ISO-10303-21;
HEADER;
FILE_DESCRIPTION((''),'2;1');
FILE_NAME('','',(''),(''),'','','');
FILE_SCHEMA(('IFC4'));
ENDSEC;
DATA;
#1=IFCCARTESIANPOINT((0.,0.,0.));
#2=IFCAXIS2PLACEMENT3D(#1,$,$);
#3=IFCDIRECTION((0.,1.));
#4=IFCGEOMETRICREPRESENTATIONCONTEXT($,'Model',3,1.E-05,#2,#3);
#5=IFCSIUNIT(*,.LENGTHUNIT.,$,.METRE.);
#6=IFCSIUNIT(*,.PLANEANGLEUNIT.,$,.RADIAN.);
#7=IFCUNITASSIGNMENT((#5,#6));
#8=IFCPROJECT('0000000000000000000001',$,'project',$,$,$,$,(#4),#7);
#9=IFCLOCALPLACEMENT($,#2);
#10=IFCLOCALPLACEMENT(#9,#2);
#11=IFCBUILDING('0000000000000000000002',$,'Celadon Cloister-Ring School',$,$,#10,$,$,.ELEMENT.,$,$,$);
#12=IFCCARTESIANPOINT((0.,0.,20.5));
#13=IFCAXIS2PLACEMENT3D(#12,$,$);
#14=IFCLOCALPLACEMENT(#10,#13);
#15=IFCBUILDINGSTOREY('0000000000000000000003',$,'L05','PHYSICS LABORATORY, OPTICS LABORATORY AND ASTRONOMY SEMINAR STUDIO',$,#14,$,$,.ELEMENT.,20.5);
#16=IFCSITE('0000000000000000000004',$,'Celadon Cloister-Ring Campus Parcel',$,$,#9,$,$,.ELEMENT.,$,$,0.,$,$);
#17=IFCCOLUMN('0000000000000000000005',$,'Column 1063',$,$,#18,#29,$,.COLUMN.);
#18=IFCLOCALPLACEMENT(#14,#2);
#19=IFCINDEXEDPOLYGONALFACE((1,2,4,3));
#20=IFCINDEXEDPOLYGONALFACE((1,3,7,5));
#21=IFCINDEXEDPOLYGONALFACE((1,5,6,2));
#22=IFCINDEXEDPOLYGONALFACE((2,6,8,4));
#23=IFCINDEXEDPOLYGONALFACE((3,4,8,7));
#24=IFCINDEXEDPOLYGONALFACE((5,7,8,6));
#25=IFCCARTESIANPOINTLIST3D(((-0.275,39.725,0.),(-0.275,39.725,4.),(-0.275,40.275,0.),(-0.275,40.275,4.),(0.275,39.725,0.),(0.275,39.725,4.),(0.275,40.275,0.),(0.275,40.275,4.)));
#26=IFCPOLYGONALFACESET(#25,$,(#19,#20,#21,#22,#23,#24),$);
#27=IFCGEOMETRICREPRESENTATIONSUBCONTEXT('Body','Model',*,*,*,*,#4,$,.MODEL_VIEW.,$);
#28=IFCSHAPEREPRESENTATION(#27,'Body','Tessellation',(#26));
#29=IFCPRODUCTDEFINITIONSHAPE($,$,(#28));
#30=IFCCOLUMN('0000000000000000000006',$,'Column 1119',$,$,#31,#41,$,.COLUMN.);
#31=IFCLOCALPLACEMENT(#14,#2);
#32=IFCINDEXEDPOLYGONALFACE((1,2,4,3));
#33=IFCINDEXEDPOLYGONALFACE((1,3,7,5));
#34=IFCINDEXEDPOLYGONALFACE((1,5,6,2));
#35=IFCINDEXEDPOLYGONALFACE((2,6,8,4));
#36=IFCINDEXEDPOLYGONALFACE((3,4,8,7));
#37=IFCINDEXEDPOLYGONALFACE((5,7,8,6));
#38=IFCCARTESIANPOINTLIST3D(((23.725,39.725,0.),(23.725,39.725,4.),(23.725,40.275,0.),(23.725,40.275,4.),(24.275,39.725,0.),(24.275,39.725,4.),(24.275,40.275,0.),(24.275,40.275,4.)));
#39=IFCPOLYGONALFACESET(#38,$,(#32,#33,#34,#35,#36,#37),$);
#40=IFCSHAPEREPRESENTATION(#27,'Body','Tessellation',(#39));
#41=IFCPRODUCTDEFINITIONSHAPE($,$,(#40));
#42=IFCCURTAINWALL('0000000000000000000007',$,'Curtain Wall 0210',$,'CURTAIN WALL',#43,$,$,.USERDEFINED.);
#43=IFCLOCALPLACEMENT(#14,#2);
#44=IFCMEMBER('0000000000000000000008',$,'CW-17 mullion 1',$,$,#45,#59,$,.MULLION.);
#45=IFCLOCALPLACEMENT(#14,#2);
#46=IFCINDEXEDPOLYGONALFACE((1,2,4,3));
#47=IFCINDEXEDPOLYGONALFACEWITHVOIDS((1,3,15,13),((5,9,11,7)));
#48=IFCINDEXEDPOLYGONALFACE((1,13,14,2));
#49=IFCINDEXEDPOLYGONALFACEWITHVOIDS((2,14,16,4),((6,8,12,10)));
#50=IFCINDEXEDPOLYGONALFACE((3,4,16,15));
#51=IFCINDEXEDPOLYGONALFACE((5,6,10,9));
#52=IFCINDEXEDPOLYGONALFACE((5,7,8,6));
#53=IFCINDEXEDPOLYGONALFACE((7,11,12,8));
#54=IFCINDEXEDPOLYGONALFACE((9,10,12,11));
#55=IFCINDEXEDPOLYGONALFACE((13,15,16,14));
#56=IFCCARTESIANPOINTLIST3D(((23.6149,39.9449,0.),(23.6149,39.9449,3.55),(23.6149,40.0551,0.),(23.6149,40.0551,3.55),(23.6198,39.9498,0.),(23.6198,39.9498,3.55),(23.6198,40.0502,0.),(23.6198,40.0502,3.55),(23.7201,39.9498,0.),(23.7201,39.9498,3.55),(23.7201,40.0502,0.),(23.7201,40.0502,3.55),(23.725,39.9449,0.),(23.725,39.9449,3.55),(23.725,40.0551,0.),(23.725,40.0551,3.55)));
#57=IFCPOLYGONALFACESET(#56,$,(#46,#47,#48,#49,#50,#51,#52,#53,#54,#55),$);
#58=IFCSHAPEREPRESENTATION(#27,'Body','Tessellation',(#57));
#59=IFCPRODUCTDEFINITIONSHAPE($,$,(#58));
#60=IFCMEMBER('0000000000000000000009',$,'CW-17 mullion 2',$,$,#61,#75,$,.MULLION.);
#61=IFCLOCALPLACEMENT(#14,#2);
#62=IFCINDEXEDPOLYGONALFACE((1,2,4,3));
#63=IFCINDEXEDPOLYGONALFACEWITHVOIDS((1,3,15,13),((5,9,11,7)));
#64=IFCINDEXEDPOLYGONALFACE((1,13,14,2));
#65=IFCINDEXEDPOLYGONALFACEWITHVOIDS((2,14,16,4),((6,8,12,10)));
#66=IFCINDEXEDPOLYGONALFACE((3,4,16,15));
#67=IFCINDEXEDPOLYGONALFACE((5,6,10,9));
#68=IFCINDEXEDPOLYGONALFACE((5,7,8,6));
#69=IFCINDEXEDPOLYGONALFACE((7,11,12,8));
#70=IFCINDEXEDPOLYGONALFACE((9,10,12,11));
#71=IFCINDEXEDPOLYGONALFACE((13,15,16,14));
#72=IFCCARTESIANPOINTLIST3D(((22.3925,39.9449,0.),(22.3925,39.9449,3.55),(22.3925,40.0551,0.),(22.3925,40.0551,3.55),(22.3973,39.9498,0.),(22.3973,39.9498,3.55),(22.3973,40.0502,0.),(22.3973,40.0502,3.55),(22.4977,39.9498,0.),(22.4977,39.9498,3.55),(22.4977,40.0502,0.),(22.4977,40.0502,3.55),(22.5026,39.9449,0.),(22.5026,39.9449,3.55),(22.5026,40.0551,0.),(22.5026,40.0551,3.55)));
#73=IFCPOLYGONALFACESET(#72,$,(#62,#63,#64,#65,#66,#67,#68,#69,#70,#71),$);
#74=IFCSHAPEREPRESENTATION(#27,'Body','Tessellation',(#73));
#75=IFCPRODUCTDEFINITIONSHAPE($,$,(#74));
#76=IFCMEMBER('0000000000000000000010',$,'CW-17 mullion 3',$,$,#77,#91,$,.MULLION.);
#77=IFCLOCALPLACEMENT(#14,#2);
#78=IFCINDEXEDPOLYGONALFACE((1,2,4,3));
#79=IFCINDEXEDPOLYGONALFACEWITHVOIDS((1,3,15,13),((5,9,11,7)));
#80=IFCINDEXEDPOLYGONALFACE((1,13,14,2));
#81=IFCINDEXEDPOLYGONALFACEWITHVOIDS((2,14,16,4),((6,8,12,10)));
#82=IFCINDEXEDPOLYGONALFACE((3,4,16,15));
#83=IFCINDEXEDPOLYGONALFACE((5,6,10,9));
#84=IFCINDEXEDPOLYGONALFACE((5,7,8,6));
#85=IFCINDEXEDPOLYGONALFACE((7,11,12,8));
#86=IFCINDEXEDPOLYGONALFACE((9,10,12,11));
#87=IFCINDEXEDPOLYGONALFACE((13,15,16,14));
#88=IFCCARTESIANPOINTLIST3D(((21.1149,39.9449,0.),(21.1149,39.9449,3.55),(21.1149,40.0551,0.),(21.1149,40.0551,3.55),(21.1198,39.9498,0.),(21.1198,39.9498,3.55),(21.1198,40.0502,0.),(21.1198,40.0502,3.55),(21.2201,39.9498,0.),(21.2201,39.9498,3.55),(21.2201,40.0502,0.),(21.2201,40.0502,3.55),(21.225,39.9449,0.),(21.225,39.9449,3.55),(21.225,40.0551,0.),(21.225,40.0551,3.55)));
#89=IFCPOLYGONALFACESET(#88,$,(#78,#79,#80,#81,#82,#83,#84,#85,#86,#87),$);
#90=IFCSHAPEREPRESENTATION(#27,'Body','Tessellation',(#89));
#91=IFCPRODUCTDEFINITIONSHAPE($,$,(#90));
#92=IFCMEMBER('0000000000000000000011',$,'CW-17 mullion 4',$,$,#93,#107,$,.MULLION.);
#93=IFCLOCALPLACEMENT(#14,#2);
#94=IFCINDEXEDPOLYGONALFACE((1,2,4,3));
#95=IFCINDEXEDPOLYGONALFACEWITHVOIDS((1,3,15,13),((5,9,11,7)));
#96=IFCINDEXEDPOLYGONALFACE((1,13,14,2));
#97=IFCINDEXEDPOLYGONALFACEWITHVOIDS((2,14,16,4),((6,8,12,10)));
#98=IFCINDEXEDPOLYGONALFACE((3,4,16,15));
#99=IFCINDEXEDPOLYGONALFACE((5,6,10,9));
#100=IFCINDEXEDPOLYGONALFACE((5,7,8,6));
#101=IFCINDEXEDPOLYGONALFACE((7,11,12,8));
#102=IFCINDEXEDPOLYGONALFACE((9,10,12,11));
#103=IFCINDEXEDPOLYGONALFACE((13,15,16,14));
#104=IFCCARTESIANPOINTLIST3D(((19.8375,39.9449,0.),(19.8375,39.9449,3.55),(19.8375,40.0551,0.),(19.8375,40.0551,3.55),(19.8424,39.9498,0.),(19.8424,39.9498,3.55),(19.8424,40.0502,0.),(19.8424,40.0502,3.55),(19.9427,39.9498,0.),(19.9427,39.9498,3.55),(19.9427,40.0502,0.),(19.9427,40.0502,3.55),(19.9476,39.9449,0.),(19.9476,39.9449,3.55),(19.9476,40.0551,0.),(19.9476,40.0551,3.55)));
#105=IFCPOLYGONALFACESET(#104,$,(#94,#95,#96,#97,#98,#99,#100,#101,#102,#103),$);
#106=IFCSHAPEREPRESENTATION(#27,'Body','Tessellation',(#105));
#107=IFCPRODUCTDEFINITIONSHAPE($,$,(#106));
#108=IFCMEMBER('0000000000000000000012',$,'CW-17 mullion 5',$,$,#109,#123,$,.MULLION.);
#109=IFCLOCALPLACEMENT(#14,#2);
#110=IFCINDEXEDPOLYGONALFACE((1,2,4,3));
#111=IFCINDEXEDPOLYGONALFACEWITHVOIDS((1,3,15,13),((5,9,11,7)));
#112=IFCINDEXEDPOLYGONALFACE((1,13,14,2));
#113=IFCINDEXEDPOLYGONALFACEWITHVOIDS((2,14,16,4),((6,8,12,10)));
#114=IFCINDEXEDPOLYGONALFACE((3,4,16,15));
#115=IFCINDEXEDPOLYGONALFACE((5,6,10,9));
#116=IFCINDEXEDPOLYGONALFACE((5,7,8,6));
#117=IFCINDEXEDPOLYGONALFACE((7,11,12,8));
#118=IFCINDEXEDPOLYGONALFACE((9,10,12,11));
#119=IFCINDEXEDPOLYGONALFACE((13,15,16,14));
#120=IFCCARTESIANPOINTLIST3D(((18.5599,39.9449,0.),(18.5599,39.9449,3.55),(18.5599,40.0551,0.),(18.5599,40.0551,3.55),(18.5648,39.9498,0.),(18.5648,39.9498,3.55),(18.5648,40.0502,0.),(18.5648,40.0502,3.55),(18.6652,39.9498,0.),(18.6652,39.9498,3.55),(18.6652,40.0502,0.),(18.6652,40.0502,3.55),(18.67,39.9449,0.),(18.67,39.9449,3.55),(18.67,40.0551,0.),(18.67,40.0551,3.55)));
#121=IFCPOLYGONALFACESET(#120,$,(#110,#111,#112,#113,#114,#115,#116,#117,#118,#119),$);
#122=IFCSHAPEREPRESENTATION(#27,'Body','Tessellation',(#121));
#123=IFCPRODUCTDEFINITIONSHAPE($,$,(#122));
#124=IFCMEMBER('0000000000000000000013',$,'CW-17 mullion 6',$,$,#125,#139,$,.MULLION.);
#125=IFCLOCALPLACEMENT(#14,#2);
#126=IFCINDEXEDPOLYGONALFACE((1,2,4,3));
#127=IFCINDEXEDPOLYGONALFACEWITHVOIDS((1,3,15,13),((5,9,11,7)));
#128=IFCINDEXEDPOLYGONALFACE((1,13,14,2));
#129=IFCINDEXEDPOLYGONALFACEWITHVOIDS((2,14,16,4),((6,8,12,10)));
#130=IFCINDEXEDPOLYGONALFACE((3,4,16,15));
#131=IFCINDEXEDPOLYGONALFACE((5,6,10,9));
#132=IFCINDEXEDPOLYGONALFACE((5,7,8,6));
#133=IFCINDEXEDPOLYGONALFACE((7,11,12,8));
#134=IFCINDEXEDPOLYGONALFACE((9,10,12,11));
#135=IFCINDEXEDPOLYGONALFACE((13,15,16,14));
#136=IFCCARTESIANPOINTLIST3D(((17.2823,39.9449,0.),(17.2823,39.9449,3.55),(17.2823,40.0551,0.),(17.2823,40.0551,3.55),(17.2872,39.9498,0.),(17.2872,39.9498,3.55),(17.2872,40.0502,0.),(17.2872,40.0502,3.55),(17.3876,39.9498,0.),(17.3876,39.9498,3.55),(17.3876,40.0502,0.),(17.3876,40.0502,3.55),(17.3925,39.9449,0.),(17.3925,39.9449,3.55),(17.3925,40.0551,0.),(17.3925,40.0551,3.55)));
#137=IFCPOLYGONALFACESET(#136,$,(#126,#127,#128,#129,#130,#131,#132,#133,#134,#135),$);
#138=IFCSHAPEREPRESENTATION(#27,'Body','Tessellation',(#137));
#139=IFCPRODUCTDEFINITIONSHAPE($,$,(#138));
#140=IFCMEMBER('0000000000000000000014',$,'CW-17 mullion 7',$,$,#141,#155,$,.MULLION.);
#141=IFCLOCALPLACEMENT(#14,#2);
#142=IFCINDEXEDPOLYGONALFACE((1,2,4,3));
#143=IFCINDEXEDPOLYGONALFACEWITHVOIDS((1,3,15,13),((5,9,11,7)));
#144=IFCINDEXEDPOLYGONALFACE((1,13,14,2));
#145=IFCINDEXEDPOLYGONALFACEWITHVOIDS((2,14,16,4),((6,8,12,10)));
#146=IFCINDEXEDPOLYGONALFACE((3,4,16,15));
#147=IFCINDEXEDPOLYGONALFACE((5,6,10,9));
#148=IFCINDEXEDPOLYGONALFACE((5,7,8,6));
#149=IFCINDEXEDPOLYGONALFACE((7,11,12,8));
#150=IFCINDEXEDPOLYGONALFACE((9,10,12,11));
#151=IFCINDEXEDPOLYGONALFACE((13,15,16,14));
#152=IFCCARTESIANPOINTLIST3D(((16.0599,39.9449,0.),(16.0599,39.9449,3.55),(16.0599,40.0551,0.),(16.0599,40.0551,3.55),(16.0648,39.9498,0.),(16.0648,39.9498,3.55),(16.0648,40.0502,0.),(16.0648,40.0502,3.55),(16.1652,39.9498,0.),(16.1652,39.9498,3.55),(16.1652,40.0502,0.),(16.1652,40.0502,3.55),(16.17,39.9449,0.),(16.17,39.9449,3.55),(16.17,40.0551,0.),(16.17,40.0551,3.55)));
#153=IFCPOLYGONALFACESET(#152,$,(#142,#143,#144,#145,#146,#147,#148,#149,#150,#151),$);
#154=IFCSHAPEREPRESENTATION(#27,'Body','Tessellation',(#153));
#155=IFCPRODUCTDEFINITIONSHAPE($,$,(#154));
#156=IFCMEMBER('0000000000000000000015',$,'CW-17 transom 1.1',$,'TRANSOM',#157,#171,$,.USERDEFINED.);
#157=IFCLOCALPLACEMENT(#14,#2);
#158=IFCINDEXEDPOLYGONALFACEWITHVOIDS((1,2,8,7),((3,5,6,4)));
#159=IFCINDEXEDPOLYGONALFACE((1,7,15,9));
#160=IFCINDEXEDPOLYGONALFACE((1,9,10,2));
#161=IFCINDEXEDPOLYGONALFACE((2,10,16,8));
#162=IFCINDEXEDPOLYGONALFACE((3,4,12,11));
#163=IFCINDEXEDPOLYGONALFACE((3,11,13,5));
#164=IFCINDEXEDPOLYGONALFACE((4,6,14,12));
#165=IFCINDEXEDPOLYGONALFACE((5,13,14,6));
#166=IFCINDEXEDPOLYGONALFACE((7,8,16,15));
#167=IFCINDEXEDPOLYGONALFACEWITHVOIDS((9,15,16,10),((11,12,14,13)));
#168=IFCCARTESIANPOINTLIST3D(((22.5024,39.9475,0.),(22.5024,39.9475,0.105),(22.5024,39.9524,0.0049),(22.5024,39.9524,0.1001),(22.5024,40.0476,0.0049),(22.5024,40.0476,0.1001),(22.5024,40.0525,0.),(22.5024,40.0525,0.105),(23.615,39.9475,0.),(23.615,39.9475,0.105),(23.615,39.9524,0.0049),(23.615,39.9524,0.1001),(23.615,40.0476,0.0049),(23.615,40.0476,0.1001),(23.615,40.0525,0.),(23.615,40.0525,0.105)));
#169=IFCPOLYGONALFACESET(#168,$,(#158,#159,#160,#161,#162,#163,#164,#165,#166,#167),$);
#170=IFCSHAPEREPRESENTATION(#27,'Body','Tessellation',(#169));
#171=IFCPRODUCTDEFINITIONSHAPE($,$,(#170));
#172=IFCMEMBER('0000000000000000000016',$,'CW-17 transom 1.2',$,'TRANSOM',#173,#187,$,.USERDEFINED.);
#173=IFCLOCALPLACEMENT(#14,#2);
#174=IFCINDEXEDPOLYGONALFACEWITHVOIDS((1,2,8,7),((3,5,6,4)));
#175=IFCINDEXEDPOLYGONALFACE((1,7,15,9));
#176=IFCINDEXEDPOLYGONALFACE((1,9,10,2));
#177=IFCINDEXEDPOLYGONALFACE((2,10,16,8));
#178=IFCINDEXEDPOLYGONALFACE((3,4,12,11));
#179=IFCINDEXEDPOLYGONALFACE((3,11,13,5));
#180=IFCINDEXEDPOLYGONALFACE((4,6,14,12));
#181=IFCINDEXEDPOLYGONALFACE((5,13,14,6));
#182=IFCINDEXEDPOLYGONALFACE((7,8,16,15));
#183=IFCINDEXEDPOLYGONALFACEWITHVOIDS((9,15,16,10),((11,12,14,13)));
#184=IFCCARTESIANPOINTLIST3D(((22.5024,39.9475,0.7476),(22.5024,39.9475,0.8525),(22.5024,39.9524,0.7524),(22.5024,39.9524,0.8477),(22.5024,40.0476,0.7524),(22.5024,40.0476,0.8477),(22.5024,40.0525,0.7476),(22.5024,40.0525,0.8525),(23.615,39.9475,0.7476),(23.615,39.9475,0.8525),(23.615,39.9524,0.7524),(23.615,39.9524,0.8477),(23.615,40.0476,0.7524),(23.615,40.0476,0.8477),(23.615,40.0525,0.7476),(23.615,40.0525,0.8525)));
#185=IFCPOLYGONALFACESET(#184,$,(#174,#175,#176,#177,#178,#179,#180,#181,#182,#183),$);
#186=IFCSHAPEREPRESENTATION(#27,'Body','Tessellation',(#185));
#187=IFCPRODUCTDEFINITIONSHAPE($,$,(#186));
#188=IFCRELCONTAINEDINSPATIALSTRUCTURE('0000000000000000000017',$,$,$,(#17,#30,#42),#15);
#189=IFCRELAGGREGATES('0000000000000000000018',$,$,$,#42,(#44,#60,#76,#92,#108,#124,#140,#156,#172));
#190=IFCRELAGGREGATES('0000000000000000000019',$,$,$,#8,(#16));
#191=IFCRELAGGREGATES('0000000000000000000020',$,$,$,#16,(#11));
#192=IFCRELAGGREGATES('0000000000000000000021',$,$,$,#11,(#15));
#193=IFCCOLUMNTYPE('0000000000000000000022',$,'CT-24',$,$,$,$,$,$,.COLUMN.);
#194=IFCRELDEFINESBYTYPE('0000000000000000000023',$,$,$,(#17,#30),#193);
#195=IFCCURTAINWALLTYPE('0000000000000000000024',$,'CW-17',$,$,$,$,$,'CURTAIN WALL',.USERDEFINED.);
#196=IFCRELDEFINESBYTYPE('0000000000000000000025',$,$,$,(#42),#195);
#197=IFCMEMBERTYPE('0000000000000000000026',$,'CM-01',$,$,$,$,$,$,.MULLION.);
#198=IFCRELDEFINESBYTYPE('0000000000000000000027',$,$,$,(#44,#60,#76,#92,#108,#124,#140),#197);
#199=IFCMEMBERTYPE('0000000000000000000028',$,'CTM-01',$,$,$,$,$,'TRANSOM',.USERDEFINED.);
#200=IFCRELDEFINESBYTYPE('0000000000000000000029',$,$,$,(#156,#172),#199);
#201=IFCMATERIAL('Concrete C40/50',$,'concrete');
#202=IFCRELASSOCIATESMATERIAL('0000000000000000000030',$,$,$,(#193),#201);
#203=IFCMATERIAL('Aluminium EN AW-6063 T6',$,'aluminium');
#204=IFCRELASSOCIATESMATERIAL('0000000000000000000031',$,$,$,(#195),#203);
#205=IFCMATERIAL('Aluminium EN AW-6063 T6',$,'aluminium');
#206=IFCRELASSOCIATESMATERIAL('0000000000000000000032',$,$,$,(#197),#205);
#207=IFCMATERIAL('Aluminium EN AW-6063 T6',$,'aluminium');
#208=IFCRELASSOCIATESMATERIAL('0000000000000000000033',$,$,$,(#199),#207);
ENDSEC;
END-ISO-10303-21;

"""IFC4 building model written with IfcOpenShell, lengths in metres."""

from ifc_helpers import new_model, si_unit, direction, frame, origin, origin_2d, place, context, subcontext, project, spatial, rectangle, hollow_rectangle, extrude, material, material_profile, profile_set, type_object, element, aggregate, save


model = new_model("IFC4")

# Units and contexts
model_context = context("Model", 3, precision=1e-05, world=origin(), true_north=direction((0.0, 1.0)))
body_context = subcontext(model_context, "Body", "Model", "MODEL_VIEW")
ifc_project = project(units=[si_unit("LENGTHUNIT", "METRE"), si_unit("PLANEANGLEUNIT", "RADIAN")], contexts=[model_context])

# Site, building, storey
site_placement = place(None, origin())
site = spatial("IfcSite", under=ifc_project, at=site_placement, Name="Celadon Cloister-Ring Campus Parcel", CompositionType="ELEMENT", RefElevation=0.0)
building_placement = place(site_placement, origin())
building = spatial("IfcBuilding", under=site, at=building_placement, Name="Celadon Cloister-Ring School", CompositionType="ELEMENT")
storey_placement = place(building_placement, frame((0.0, 0.0, 20.5)))
storey = spatial("IfcBuildingStorey", under=building, at=storey_placement, Name="L05", Description="PHYSICS LABORATORY, OPTICS LABORATORY AND ASTRONOMY SEMINAR STUDIO", CompositionType="ELEMENT", Elevation=20.5)

# Columns
ifc_material_1 = material(Name="Concrete C40/50", Category="concrete")
ifc_material_profile_1 = material_profile(ifc_material_1, rectangle(XDim=0.55, YDim=0.55, at=origin_2d()), Name="RC550X550")
ifc_profile_set_1 = profile_set([ifc_material_profile_1], Name="Concrete C40/50")
column_type = type_object("IfcColumnType", Name="CT-24", PredefinedType="COLUMN", material=ifc_profile_set_1)
for number, where, z_axis, x_axis, name in (
    (1, (0.0, 40.0, 0.0), (0.0, 0.0, 1.0), (1.0, 0.0, 0.0), "Column 1063"),
    (2, (24.0, 40.0, 0.0), (0.0, 0.0, 1.0), (1.0, 0.0, 0.0), "Column 1119"),
):
    element("IfcColumn", number, at=place(storey_placement, frame(where, z_axis=z_axis, x_axis=x_axis)), inside=storey, type_object=column_type, Name=name, PredefinedType="COLUMN", context=body_context, shape_type="SweptSolid", body=[
        extrude(rectangle(XDim=0.55, YDim=0.55, at=origin_2d()), origin(), (0.0, 0.0, 1.0), 4.0),
    ])

# Curtain wall, members
ifc_material_2 = material(Name="Aluminium EN AW-6063 T6", Category="aluminium")
curtain_wall_type = type_object("IfcCurtainWallType", Name="CW-17", ElementType="CURTAIN WALL", PredefinedType="USERDEFINED", material=ifc_material_2)
curtain_wall_placement = place(storey_placement, origin())
curtain_wall = element("IfcCurtainWall", 3, at=curtain_wall_placement, inside=storey, type_object=curtain_wall_type, Name="Curtain Wall 0210", ObjectType="CURTAIN WALL", PredefinedType="USERDEFINED")
ifc_material_3 = material(Name="Aluminium EN AW-6063 T6", Category="aluminium")
ifc_material_profile_2 = material_profile(ifc_material_3, hollow_rectangle(XDim=0.1101, YDim=0.1101, WallThickness=0.0049, at=origin_2d()), Name="RHS110X110X5")
ifc_profile_set_2 = profile_set([ifc_material_profile_2], Name="Aluminium EN AW-6063 T6")
member_type_1 = type_object("IfcMemberType", Name="CM-01", PredefinedType="MULLION", material=ifc_profile_set_2)
member_1_placement = place(storey_placement, frame((23.6699, 40.0, 0.0), z_axis=(0.0, 0.0, 1.0), x_axis=(0.0, -1.0, 0.0)))
member_1 = element("IfcMember", 4, at=member_1_placement, type_object=member_type_1, Name="CW-17 mullion 1", PredefinedType="MULLION", context=body_context, shape_type="SweptSolid", body=[
    extrude(hollow_rectangle(XDim=0.1101, YDim=0.1101, WallThickness=0.0049, at=origin_2d()), origin(), (0.0, 0.0, 1.0), 3.55),
])
member_2_placement = place(storey_placement, frame((22.4475, 40.0, 0.0), z_axis=(0.0, 0.0, 1.0), x_axis=(0.0, -1.0, 0.0)))
member_2 = element("IfcMember", 5, at=member_2_placement, type_object=member_type_1, Name="CW-17 mullion 2", PredefinedType="MULLION", context=body_context, shape_type="SweptSolid", body=[
    extrude(hollow_rectangle(XDim=0.1101, YDim=0.1101, WallThickness=0.0049, at=origin_2d()), origin(), (0.0, 0.0, 1.0), 3.55),
])
member_3_placement = place(storey_placement, frame((21.1699, 40.0, 0.0), z_axis=(0.0, 0.0, 1.0), x_axis=(0.0, -1.0, 0.0)))
member_3 = element("IfcMember", 6, at=member_3_placement, type_object=member_type_1, Name="CW-17 mullion 3", PredefinedType="MULLION", context=body_context, shape_type="SweptSolid", body=[
    extrude(hollow_rectangle(XDim=0.1101, YDim=0.1101, WallThickness=0.0049, at=origin_2d()), origin(), (0.0, 0.0, 1.0), 3.55),
])
member_4_placement = place(storey_placement, frame((19.8926, 40.0, 0.0), z_axis=(0.0, 0.0, 1.0), x_axis=(0.0, -1.0, 0.0)))
member_4 = element("IfcMember", 7, at=member_4_placement, type_object=member_type_1, Name="CW-17 mullion 4", PredefinedType="MULLION", context=body_context, shape_type="SweptSolid", body=[
    extrude(hollow_rectangle(XDim=0.1101, YDim=0.1101, WallThickness=0.0049, at=origin_2d()), origin(), (0.0, 0.0, 1.0), 3.55),
])
member_5_placement = place(storey_placement, frame((18.615, 40.0, 0.0), z_axis=(0.0, 0.0, 1.0), x_axis=(0.0, -1.0, 0.0)))
member_5 = element("IfcMember", 8, at=member_5_placement, type_object=member_type_1, Name="CW-17 mullion 5", PredefinedType="MULLION", context=body_context, shape_type="SweptSolid", body=[
    extrude(hollow_rectangle(XDim=0.1101, YDim=0.1101, WallThickness=0.0049, at=origin_2d()), origin(), (0.0, 0.0, 1.0), 3.55),
])
member_6_placement = place(storey_placement, frame((17.3374, 40.0, 0.0), z_axis=(0.0, 0.0, 1.0), x_axis=(0.0, -1.0, 0.0)))
member_6 = element("IfcMember", 9, at=member_6_placement, type_object=member_type_1, Name="CW-17 mullion 6", PredefinedType="MULLION", context=body_context, shape_type="SweptSolid", body=[
    extrude(hollow_rectangle(XDim=0.1101, YDim=0.1101, WallThickness=0.0049, at=origin_2d()), origin(), (0.0, 0.0, 1.0), 3.55),
])
member_7_placement = place(storey_placement, frame((16.115, 40.0, 0.0), z_axis=(0.0, 0.0, 1.0), x_axis=(0.0, -1.0, 0.0)))
member_7 = element("IfcMember", 10, at=member_7_placement, type_object=member_type_1, Name="CW-17 mullion 7", PredefinedType="MULLION", context=body_context, shape_type="SweptSolid", body=[
    extrude(hollow_rectangle(XDim=0.1101, YDim=0.1101, WallThickness=0.0049, at=origin_2d()), origin(), (0.0, 0.0, 1.0), 3.55),
])
ifc_material_4 = material(Name="Aluminium EN AW-6063 T6", Category="aluminium")
ifc_material_profile_3 = material_profile(ifc_material_4, hollow_rectangle(XDim=0.105, YDim=0.105, WallThickness=0.0049, at=origin_2d()), Name="RHS105X105X5")
ifc_profile_set_3 = profile_set([ifc_material_profile_3], Name="Aluminium EN AW-6063 T6")
member_type_2 = type_object("IfcMemberType", Name="CTM-01", ElementType="TRANSOM", PredefinedType="USERDEFINED", material=ifc_profile_set_3)
member_8_placement = place(storey_placement, frame((23.615, 40.0, 0.0525), z_axis=(-1.0, 0.0, 0.0), x_axis=(0.0, -1.0, 0.0)))
member_8 = element("IfcMember", 11, at=member_8_placement, type_object=member_type_2, Name="CW-17 transom 1.1", ObjectType="TRANSOM", PredefinedType="USERDEFINED", context=body_context, shape_type="SweptSolid", body=[
    extrude(hollow_rectangle(XDim=0.105, YDim=0.105, WallThickness=0.0049, at=origin_2d()), origin(), (0.0, 0.0, 1.0), 1.1125),
])
member_9_placement = place(storey_placement, frame((23.615, 40.0, 0.8), z_axis=(-1.0, 0.0, 0.0), x_axis=(0.0, -1.0, 0.0)))
member_9 = element("IfcMember", 12, at=member_9_placement, type_object=member_type_2, Name="CW-17 transom 1.2", ObjectType="TRANSOM", PredefinedType="USERDEFINED", context=body_context, shape_type="SweptSolid", body=[
    extrude(hollow_rectangle(XDim=0.105, YDim=0.105, WallThickness=0.0049, at=origin_2d()), origin(), (0.0, 0.0, 1.0), 1.1125),
])
aggregate(curtain_wall, [member_1, member_2, member_3, member_4, member_5, member_6, member_7, member_8, member_9])

save(model, "model.ifc")
